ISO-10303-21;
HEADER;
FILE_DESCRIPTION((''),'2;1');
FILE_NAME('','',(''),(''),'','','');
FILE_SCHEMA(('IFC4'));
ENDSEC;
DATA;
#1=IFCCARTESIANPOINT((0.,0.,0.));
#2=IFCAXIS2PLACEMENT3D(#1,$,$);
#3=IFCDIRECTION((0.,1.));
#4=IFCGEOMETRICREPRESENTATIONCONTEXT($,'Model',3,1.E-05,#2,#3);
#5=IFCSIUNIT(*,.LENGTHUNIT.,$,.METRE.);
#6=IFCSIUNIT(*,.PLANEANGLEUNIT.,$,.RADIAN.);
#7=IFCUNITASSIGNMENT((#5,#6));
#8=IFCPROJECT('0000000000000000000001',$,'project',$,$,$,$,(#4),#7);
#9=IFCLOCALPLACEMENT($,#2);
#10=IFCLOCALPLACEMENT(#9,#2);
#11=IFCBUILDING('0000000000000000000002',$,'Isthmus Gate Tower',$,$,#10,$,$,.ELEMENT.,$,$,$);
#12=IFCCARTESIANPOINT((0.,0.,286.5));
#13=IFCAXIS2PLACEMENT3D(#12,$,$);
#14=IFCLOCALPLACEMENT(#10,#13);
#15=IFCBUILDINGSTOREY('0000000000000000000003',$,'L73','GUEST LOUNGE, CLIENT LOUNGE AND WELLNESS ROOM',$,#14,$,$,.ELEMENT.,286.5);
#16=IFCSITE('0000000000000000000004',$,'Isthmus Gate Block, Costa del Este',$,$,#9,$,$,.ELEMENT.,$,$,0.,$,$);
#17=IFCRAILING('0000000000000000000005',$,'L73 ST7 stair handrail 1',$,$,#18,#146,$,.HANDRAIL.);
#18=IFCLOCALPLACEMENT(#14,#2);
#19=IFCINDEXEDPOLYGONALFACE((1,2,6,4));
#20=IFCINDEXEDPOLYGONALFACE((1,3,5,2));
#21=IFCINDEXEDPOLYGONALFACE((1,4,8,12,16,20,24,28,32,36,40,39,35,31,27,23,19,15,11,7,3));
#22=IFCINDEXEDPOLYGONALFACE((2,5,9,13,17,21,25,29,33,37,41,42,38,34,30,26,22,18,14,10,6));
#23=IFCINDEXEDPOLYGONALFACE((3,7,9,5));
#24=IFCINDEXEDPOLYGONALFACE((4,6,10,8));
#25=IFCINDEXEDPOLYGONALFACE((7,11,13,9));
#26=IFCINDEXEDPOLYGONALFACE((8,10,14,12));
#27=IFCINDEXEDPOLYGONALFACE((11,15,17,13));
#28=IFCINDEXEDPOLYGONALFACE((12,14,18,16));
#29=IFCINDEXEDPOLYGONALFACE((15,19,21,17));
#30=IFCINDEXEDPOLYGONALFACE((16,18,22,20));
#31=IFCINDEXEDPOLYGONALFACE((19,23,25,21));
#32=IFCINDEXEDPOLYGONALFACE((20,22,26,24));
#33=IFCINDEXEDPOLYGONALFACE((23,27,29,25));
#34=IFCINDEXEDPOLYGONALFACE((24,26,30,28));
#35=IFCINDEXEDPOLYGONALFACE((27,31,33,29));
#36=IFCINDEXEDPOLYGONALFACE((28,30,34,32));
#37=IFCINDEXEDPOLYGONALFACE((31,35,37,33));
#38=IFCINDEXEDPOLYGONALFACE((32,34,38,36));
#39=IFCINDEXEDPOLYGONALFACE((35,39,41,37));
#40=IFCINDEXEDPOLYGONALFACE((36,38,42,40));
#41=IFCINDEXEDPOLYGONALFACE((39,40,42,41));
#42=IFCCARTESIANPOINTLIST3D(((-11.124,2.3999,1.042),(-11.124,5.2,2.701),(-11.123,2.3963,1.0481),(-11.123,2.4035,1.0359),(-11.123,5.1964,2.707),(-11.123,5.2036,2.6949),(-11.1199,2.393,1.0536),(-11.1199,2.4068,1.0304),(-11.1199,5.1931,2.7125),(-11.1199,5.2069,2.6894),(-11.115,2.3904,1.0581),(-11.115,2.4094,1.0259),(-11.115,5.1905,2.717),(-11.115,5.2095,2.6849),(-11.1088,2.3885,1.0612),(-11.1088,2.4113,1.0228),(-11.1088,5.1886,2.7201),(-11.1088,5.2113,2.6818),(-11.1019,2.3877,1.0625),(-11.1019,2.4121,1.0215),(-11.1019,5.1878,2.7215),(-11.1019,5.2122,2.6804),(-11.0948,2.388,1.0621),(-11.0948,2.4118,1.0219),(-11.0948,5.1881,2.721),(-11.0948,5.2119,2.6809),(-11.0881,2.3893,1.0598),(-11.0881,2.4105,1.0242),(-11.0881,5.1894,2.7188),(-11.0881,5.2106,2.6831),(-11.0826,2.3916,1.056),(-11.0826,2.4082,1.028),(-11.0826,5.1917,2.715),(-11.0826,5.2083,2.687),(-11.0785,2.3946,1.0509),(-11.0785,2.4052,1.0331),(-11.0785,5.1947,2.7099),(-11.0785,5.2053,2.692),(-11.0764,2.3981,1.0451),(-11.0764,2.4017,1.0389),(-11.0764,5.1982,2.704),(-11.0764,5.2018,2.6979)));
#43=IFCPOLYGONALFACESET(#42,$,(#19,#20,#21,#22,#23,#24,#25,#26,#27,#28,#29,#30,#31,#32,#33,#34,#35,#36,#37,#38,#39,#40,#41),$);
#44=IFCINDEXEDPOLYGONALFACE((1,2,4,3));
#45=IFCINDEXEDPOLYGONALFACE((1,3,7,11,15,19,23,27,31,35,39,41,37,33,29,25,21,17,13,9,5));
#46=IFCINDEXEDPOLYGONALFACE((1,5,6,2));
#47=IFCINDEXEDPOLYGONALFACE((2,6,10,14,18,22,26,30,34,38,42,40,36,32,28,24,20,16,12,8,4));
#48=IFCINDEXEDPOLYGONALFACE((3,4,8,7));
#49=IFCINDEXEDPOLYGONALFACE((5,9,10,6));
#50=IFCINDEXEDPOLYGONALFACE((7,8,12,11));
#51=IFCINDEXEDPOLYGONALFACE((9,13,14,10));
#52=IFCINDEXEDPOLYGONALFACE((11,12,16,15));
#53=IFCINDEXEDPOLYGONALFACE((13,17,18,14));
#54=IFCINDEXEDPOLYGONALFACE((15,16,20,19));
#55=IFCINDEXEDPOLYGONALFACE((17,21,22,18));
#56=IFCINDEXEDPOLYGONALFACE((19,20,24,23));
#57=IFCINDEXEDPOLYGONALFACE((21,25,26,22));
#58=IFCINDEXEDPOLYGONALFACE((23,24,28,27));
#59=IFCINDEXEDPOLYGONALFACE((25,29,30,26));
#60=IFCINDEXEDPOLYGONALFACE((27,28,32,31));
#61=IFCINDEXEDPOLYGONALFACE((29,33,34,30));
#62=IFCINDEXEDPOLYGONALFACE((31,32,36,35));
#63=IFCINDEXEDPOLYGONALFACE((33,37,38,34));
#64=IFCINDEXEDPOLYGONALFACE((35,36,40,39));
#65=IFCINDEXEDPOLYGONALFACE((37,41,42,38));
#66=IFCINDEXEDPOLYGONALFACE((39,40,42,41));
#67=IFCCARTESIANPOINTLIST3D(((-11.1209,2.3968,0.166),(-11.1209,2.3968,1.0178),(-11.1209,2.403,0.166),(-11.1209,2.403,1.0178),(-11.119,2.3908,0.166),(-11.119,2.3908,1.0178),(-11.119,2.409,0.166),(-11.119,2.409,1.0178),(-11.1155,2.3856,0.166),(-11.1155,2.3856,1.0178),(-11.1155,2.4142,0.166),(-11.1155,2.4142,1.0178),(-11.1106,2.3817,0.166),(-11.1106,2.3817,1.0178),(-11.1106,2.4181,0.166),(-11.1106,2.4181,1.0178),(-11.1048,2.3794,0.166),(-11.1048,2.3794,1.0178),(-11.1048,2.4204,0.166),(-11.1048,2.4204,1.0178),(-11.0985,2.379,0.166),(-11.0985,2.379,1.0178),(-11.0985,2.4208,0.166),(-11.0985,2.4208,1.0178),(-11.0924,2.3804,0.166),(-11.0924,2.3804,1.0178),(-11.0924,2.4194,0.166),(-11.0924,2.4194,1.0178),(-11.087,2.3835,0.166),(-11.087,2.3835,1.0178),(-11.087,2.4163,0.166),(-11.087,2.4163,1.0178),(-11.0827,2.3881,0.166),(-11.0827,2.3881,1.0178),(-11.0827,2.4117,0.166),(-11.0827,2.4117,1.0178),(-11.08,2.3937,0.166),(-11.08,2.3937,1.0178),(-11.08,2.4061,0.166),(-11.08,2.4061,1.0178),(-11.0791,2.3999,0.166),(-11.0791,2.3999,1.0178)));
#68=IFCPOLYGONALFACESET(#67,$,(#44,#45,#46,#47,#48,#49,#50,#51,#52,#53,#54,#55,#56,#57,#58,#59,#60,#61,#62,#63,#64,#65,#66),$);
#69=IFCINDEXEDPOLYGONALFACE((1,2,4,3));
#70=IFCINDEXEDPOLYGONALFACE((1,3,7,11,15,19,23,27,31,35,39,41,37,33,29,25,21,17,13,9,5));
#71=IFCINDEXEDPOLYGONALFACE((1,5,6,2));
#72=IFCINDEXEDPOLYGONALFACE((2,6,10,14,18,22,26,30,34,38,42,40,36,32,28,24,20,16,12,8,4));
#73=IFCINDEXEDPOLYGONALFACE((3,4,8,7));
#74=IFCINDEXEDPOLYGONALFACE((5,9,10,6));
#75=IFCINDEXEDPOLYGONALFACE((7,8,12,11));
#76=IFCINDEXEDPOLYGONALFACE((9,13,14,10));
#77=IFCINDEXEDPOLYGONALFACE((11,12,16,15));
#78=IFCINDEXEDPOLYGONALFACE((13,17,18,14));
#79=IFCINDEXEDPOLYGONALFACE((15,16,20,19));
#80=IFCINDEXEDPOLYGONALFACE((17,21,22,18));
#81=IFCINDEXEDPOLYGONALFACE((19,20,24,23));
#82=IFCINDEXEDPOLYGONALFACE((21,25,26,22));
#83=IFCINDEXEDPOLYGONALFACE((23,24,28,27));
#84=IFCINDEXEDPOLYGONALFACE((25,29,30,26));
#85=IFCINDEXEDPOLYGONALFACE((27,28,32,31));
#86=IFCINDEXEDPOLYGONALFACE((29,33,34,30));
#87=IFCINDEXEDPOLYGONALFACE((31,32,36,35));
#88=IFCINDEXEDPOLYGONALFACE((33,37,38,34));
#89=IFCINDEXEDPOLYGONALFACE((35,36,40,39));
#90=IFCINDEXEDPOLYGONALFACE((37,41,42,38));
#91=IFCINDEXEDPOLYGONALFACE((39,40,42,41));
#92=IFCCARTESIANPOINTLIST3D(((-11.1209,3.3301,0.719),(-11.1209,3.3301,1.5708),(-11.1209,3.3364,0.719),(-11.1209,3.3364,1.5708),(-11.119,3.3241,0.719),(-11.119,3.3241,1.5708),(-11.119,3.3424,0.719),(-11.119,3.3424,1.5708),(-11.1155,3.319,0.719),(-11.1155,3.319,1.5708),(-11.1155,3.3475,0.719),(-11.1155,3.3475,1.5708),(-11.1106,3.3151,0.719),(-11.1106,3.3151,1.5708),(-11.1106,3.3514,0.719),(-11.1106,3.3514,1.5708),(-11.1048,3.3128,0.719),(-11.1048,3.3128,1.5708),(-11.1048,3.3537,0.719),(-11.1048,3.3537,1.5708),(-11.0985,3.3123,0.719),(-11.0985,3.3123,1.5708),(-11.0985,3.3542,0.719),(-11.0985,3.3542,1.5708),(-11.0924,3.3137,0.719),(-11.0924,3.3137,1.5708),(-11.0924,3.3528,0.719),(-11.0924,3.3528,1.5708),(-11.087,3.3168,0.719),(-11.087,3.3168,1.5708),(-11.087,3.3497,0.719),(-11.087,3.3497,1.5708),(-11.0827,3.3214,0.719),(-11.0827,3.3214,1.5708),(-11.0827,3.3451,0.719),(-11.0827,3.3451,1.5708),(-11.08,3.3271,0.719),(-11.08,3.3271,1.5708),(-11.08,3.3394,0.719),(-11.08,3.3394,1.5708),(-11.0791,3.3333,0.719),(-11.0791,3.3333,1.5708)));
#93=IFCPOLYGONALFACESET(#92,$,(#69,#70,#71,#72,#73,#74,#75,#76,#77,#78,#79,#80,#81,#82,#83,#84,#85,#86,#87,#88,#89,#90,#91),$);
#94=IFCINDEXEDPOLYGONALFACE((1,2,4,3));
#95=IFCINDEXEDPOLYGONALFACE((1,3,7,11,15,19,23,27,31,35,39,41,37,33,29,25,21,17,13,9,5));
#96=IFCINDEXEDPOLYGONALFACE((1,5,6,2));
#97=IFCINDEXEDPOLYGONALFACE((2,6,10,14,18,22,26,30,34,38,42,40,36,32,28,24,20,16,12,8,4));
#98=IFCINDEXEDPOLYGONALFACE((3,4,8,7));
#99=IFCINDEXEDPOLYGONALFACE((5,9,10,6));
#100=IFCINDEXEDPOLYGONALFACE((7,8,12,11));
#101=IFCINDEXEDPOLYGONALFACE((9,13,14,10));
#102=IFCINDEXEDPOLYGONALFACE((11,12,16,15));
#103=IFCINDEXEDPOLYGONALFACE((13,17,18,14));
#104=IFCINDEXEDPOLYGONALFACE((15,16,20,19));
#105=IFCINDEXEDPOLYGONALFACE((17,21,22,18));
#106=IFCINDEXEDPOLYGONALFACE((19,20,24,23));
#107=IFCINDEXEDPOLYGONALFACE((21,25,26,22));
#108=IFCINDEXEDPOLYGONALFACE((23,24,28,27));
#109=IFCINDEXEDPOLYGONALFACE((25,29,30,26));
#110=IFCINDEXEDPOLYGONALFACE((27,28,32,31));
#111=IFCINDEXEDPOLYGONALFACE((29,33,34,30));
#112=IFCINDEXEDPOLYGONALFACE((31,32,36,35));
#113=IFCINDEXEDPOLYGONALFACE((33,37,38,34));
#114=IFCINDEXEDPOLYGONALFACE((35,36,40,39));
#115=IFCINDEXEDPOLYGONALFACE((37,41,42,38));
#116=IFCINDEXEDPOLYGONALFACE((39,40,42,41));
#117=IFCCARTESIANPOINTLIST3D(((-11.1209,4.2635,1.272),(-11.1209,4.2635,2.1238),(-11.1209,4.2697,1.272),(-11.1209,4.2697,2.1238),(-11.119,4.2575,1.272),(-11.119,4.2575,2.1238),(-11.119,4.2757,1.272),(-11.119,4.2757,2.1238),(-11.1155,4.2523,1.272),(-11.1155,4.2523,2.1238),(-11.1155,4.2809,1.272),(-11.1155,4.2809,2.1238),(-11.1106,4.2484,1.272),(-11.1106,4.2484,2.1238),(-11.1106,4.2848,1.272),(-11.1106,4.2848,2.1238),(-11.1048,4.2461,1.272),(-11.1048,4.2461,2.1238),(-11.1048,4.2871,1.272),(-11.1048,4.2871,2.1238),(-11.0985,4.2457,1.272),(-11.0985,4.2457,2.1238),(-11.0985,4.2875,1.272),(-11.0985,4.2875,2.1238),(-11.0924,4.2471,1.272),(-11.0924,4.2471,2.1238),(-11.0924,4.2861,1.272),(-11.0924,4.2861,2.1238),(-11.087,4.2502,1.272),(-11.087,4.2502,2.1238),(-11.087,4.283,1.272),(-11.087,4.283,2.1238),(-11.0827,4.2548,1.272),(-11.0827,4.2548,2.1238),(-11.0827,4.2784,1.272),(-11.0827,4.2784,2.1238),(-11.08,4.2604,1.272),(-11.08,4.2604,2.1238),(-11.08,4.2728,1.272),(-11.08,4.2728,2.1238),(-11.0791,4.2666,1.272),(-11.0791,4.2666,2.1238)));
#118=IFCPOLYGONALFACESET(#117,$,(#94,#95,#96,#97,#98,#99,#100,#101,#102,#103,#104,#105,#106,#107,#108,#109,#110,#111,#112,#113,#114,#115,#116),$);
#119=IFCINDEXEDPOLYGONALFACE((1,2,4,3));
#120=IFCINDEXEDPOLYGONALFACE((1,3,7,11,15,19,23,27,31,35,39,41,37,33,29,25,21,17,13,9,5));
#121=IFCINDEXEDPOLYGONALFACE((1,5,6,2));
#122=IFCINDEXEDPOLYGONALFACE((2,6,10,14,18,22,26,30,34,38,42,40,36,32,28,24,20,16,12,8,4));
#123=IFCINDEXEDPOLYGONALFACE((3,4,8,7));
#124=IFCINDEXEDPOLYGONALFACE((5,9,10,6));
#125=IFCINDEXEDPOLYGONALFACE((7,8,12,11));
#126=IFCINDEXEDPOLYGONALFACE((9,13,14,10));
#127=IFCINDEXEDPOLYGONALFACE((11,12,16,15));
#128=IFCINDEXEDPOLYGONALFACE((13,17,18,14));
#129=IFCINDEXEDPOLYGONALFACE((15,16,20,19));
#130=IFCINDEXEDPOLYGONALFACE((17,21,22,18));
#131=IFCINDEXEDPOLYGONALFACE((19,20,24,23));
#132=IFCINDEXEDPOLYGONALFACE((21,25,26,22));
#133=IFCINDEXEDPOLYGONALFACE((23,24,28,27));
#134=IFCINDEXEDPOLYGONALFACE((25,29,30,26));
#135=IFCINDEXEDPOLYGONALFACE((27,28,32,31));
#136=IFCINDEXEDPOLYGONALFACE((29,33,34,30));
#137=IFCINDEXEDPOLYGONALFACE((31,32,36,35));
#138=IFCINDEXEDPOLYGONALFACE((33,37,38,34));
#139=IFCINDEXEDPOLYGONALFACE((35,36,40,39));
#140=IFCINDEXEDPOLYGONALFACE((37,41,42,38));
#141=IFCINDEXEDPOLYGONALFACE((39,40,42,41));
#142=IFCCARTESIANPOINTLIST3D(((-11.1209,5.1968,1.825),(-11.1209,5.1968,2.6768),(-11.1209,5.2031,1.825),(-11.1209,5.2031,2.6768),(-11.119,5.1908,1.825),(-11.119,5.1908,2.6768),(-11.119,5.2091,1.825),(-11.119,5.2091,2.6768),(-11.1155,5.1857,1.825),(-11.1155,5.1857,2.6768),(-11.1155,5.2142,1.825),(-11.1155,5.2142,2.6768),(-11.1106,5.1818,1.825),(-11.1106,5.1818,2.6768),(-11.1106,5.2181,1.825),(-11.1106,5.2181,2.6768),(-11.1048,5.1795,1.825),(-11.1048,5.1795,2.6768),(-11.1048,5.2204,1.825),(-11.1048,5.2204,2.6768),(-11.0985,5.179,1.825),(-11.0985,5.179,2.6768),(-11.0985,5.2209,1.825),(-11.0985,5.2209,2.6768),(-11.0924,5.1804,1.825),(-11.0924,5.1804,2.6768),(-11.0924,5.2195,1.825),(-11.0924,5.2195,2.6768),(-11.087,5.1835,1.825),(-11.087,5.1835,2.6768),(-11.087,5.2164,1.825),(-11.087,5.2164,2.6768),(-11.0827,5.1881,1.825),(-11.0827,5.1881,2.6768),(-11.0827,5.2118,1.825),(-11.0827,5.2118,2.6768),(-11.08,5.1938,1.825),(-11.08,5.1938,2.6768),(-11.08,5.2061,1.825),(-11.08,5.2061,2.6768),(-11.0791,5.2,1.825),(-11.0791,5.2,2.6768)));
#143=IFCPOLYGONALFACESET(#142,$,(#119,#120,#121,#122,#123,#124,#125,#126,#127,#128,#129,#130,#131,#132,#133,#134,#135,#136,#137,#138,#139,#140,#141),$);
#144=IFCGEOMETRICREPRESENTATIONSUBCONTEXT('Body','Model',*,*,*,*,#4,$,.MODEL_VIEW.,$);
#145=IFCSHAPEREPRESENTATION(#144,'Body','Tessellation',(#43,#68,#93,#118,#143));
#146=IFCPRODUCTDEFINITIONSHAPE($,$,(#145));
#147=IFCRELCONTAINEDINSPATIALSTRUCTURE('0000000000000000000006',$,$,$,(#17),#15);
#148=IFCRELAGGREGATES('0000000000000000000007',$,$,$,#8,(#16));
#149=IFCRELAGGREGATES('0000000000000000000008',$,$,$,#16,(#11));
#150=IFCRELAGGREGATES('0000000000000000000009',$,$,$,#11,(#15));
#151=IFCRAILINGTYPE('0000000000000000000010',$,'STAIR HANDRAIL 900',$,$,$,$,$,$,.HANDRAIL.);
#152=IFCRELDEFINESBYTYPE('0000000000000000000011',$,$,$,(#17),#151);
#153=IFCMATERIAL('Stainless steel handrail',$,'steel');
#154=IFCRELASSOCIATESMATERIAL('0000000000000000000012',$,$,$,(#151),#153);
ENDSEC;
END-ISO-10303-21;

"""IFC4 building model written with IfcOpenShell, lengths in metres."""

from ifc_helpers import new_model, si_unit, direction, frame, origin, origin_2d, place, context, subcontext, project, spatial, circle, extrude, material, type_object, element, save


model = new_model("IFC4")

# Units and contexts
model_context = context("Model", 3, precision=1e-05, world=origin(), true_north=direction((0.0, 1.0)))
body_context = subcontext(model_context, "Body", "Model", "MODEL_VIEW")
ifc_project = project(units=[si_unit("LENGTHUNIT", "METRE"), si_unit("PLANEANGLEUNIT", "RADIAN")], contexts=[model_context])

# Site, building, storey
site_placement = place(None, origin())
site = spatial("IfcSite", under=ifc_project, at=site_placement, Name="Isthmus Gate Block, Costa del Este", CompositionType="ELEMENT", RefElevation=0.0)
building_placement = place(site_placement, origin())
building = spatial("IfcBuilding", under=site, at=building_placement, Name="Isthmus Gate Tower", CompositionType="ELEMENT")
storey_placement = place(building_placement, frame((0.0, 0.0, 286.5)))
storey = spatial("IfcBuildingStorey", under=building, at=storey_placement, Name="L73", Description="GUEST LOUNGE, CLIENT LOUNGE AND WELLNESS ROOM", CompositionType="ELEMENT", Elevation=286.5)

# Railing
ifc_material_1 = material(Name="Stainless steel handrail", Category="steel")
railing_type_1 = type_object("IfcRailingType", Name="STAIR HANDRAIL 900", PredefinedType="HANDRAIL", material=ifc_material_1)
railing_1_placement = place(storey_placement, frame((-11.1001, 2.3999, 0.166)))
element("IfcRailing", 1, at=railing_1_placement, inside=storey, type_object=railing_type_1, Name="L73 ST7 stair handrail 1", PredefinedType="HANDRAIL", context=body_context, shape_type="SweptSolid", body=[
    extrude(circle(Radius=0.0239, at=origin_2d()), frame((0.0, 0.0, 0.876), z_axis=(0.0, 0.860339, 0.509722), x_axis=(-1.0, 0.0, 0.0)), (0.0, 0.0, 1.0), 3.2546),
    extrude(circle(Radius=0.021, at=origin_2d()), origin(), (0.0, 0.0, 1.0), 0.8518),
    extrude(circle(Radius=0.021, at=origin_2d()), frame((0.0, 0.9333, 0.553)), (0.0, 0.0, 1.0), 0.8518),
    extrude(circle(Radius=0.021, at=origin_2d()), frame((0.0, 1.8667, 1.106)), (0.0, 0.0, 1.0), 0.8518),
    extrude(circle(Radius=0.021, at=origin_2d()), frame((0.0, 2.8, 1.6589)), (0.0, 0.0, 1.0), 0.8518),
])

save(model, "model.ifc")
